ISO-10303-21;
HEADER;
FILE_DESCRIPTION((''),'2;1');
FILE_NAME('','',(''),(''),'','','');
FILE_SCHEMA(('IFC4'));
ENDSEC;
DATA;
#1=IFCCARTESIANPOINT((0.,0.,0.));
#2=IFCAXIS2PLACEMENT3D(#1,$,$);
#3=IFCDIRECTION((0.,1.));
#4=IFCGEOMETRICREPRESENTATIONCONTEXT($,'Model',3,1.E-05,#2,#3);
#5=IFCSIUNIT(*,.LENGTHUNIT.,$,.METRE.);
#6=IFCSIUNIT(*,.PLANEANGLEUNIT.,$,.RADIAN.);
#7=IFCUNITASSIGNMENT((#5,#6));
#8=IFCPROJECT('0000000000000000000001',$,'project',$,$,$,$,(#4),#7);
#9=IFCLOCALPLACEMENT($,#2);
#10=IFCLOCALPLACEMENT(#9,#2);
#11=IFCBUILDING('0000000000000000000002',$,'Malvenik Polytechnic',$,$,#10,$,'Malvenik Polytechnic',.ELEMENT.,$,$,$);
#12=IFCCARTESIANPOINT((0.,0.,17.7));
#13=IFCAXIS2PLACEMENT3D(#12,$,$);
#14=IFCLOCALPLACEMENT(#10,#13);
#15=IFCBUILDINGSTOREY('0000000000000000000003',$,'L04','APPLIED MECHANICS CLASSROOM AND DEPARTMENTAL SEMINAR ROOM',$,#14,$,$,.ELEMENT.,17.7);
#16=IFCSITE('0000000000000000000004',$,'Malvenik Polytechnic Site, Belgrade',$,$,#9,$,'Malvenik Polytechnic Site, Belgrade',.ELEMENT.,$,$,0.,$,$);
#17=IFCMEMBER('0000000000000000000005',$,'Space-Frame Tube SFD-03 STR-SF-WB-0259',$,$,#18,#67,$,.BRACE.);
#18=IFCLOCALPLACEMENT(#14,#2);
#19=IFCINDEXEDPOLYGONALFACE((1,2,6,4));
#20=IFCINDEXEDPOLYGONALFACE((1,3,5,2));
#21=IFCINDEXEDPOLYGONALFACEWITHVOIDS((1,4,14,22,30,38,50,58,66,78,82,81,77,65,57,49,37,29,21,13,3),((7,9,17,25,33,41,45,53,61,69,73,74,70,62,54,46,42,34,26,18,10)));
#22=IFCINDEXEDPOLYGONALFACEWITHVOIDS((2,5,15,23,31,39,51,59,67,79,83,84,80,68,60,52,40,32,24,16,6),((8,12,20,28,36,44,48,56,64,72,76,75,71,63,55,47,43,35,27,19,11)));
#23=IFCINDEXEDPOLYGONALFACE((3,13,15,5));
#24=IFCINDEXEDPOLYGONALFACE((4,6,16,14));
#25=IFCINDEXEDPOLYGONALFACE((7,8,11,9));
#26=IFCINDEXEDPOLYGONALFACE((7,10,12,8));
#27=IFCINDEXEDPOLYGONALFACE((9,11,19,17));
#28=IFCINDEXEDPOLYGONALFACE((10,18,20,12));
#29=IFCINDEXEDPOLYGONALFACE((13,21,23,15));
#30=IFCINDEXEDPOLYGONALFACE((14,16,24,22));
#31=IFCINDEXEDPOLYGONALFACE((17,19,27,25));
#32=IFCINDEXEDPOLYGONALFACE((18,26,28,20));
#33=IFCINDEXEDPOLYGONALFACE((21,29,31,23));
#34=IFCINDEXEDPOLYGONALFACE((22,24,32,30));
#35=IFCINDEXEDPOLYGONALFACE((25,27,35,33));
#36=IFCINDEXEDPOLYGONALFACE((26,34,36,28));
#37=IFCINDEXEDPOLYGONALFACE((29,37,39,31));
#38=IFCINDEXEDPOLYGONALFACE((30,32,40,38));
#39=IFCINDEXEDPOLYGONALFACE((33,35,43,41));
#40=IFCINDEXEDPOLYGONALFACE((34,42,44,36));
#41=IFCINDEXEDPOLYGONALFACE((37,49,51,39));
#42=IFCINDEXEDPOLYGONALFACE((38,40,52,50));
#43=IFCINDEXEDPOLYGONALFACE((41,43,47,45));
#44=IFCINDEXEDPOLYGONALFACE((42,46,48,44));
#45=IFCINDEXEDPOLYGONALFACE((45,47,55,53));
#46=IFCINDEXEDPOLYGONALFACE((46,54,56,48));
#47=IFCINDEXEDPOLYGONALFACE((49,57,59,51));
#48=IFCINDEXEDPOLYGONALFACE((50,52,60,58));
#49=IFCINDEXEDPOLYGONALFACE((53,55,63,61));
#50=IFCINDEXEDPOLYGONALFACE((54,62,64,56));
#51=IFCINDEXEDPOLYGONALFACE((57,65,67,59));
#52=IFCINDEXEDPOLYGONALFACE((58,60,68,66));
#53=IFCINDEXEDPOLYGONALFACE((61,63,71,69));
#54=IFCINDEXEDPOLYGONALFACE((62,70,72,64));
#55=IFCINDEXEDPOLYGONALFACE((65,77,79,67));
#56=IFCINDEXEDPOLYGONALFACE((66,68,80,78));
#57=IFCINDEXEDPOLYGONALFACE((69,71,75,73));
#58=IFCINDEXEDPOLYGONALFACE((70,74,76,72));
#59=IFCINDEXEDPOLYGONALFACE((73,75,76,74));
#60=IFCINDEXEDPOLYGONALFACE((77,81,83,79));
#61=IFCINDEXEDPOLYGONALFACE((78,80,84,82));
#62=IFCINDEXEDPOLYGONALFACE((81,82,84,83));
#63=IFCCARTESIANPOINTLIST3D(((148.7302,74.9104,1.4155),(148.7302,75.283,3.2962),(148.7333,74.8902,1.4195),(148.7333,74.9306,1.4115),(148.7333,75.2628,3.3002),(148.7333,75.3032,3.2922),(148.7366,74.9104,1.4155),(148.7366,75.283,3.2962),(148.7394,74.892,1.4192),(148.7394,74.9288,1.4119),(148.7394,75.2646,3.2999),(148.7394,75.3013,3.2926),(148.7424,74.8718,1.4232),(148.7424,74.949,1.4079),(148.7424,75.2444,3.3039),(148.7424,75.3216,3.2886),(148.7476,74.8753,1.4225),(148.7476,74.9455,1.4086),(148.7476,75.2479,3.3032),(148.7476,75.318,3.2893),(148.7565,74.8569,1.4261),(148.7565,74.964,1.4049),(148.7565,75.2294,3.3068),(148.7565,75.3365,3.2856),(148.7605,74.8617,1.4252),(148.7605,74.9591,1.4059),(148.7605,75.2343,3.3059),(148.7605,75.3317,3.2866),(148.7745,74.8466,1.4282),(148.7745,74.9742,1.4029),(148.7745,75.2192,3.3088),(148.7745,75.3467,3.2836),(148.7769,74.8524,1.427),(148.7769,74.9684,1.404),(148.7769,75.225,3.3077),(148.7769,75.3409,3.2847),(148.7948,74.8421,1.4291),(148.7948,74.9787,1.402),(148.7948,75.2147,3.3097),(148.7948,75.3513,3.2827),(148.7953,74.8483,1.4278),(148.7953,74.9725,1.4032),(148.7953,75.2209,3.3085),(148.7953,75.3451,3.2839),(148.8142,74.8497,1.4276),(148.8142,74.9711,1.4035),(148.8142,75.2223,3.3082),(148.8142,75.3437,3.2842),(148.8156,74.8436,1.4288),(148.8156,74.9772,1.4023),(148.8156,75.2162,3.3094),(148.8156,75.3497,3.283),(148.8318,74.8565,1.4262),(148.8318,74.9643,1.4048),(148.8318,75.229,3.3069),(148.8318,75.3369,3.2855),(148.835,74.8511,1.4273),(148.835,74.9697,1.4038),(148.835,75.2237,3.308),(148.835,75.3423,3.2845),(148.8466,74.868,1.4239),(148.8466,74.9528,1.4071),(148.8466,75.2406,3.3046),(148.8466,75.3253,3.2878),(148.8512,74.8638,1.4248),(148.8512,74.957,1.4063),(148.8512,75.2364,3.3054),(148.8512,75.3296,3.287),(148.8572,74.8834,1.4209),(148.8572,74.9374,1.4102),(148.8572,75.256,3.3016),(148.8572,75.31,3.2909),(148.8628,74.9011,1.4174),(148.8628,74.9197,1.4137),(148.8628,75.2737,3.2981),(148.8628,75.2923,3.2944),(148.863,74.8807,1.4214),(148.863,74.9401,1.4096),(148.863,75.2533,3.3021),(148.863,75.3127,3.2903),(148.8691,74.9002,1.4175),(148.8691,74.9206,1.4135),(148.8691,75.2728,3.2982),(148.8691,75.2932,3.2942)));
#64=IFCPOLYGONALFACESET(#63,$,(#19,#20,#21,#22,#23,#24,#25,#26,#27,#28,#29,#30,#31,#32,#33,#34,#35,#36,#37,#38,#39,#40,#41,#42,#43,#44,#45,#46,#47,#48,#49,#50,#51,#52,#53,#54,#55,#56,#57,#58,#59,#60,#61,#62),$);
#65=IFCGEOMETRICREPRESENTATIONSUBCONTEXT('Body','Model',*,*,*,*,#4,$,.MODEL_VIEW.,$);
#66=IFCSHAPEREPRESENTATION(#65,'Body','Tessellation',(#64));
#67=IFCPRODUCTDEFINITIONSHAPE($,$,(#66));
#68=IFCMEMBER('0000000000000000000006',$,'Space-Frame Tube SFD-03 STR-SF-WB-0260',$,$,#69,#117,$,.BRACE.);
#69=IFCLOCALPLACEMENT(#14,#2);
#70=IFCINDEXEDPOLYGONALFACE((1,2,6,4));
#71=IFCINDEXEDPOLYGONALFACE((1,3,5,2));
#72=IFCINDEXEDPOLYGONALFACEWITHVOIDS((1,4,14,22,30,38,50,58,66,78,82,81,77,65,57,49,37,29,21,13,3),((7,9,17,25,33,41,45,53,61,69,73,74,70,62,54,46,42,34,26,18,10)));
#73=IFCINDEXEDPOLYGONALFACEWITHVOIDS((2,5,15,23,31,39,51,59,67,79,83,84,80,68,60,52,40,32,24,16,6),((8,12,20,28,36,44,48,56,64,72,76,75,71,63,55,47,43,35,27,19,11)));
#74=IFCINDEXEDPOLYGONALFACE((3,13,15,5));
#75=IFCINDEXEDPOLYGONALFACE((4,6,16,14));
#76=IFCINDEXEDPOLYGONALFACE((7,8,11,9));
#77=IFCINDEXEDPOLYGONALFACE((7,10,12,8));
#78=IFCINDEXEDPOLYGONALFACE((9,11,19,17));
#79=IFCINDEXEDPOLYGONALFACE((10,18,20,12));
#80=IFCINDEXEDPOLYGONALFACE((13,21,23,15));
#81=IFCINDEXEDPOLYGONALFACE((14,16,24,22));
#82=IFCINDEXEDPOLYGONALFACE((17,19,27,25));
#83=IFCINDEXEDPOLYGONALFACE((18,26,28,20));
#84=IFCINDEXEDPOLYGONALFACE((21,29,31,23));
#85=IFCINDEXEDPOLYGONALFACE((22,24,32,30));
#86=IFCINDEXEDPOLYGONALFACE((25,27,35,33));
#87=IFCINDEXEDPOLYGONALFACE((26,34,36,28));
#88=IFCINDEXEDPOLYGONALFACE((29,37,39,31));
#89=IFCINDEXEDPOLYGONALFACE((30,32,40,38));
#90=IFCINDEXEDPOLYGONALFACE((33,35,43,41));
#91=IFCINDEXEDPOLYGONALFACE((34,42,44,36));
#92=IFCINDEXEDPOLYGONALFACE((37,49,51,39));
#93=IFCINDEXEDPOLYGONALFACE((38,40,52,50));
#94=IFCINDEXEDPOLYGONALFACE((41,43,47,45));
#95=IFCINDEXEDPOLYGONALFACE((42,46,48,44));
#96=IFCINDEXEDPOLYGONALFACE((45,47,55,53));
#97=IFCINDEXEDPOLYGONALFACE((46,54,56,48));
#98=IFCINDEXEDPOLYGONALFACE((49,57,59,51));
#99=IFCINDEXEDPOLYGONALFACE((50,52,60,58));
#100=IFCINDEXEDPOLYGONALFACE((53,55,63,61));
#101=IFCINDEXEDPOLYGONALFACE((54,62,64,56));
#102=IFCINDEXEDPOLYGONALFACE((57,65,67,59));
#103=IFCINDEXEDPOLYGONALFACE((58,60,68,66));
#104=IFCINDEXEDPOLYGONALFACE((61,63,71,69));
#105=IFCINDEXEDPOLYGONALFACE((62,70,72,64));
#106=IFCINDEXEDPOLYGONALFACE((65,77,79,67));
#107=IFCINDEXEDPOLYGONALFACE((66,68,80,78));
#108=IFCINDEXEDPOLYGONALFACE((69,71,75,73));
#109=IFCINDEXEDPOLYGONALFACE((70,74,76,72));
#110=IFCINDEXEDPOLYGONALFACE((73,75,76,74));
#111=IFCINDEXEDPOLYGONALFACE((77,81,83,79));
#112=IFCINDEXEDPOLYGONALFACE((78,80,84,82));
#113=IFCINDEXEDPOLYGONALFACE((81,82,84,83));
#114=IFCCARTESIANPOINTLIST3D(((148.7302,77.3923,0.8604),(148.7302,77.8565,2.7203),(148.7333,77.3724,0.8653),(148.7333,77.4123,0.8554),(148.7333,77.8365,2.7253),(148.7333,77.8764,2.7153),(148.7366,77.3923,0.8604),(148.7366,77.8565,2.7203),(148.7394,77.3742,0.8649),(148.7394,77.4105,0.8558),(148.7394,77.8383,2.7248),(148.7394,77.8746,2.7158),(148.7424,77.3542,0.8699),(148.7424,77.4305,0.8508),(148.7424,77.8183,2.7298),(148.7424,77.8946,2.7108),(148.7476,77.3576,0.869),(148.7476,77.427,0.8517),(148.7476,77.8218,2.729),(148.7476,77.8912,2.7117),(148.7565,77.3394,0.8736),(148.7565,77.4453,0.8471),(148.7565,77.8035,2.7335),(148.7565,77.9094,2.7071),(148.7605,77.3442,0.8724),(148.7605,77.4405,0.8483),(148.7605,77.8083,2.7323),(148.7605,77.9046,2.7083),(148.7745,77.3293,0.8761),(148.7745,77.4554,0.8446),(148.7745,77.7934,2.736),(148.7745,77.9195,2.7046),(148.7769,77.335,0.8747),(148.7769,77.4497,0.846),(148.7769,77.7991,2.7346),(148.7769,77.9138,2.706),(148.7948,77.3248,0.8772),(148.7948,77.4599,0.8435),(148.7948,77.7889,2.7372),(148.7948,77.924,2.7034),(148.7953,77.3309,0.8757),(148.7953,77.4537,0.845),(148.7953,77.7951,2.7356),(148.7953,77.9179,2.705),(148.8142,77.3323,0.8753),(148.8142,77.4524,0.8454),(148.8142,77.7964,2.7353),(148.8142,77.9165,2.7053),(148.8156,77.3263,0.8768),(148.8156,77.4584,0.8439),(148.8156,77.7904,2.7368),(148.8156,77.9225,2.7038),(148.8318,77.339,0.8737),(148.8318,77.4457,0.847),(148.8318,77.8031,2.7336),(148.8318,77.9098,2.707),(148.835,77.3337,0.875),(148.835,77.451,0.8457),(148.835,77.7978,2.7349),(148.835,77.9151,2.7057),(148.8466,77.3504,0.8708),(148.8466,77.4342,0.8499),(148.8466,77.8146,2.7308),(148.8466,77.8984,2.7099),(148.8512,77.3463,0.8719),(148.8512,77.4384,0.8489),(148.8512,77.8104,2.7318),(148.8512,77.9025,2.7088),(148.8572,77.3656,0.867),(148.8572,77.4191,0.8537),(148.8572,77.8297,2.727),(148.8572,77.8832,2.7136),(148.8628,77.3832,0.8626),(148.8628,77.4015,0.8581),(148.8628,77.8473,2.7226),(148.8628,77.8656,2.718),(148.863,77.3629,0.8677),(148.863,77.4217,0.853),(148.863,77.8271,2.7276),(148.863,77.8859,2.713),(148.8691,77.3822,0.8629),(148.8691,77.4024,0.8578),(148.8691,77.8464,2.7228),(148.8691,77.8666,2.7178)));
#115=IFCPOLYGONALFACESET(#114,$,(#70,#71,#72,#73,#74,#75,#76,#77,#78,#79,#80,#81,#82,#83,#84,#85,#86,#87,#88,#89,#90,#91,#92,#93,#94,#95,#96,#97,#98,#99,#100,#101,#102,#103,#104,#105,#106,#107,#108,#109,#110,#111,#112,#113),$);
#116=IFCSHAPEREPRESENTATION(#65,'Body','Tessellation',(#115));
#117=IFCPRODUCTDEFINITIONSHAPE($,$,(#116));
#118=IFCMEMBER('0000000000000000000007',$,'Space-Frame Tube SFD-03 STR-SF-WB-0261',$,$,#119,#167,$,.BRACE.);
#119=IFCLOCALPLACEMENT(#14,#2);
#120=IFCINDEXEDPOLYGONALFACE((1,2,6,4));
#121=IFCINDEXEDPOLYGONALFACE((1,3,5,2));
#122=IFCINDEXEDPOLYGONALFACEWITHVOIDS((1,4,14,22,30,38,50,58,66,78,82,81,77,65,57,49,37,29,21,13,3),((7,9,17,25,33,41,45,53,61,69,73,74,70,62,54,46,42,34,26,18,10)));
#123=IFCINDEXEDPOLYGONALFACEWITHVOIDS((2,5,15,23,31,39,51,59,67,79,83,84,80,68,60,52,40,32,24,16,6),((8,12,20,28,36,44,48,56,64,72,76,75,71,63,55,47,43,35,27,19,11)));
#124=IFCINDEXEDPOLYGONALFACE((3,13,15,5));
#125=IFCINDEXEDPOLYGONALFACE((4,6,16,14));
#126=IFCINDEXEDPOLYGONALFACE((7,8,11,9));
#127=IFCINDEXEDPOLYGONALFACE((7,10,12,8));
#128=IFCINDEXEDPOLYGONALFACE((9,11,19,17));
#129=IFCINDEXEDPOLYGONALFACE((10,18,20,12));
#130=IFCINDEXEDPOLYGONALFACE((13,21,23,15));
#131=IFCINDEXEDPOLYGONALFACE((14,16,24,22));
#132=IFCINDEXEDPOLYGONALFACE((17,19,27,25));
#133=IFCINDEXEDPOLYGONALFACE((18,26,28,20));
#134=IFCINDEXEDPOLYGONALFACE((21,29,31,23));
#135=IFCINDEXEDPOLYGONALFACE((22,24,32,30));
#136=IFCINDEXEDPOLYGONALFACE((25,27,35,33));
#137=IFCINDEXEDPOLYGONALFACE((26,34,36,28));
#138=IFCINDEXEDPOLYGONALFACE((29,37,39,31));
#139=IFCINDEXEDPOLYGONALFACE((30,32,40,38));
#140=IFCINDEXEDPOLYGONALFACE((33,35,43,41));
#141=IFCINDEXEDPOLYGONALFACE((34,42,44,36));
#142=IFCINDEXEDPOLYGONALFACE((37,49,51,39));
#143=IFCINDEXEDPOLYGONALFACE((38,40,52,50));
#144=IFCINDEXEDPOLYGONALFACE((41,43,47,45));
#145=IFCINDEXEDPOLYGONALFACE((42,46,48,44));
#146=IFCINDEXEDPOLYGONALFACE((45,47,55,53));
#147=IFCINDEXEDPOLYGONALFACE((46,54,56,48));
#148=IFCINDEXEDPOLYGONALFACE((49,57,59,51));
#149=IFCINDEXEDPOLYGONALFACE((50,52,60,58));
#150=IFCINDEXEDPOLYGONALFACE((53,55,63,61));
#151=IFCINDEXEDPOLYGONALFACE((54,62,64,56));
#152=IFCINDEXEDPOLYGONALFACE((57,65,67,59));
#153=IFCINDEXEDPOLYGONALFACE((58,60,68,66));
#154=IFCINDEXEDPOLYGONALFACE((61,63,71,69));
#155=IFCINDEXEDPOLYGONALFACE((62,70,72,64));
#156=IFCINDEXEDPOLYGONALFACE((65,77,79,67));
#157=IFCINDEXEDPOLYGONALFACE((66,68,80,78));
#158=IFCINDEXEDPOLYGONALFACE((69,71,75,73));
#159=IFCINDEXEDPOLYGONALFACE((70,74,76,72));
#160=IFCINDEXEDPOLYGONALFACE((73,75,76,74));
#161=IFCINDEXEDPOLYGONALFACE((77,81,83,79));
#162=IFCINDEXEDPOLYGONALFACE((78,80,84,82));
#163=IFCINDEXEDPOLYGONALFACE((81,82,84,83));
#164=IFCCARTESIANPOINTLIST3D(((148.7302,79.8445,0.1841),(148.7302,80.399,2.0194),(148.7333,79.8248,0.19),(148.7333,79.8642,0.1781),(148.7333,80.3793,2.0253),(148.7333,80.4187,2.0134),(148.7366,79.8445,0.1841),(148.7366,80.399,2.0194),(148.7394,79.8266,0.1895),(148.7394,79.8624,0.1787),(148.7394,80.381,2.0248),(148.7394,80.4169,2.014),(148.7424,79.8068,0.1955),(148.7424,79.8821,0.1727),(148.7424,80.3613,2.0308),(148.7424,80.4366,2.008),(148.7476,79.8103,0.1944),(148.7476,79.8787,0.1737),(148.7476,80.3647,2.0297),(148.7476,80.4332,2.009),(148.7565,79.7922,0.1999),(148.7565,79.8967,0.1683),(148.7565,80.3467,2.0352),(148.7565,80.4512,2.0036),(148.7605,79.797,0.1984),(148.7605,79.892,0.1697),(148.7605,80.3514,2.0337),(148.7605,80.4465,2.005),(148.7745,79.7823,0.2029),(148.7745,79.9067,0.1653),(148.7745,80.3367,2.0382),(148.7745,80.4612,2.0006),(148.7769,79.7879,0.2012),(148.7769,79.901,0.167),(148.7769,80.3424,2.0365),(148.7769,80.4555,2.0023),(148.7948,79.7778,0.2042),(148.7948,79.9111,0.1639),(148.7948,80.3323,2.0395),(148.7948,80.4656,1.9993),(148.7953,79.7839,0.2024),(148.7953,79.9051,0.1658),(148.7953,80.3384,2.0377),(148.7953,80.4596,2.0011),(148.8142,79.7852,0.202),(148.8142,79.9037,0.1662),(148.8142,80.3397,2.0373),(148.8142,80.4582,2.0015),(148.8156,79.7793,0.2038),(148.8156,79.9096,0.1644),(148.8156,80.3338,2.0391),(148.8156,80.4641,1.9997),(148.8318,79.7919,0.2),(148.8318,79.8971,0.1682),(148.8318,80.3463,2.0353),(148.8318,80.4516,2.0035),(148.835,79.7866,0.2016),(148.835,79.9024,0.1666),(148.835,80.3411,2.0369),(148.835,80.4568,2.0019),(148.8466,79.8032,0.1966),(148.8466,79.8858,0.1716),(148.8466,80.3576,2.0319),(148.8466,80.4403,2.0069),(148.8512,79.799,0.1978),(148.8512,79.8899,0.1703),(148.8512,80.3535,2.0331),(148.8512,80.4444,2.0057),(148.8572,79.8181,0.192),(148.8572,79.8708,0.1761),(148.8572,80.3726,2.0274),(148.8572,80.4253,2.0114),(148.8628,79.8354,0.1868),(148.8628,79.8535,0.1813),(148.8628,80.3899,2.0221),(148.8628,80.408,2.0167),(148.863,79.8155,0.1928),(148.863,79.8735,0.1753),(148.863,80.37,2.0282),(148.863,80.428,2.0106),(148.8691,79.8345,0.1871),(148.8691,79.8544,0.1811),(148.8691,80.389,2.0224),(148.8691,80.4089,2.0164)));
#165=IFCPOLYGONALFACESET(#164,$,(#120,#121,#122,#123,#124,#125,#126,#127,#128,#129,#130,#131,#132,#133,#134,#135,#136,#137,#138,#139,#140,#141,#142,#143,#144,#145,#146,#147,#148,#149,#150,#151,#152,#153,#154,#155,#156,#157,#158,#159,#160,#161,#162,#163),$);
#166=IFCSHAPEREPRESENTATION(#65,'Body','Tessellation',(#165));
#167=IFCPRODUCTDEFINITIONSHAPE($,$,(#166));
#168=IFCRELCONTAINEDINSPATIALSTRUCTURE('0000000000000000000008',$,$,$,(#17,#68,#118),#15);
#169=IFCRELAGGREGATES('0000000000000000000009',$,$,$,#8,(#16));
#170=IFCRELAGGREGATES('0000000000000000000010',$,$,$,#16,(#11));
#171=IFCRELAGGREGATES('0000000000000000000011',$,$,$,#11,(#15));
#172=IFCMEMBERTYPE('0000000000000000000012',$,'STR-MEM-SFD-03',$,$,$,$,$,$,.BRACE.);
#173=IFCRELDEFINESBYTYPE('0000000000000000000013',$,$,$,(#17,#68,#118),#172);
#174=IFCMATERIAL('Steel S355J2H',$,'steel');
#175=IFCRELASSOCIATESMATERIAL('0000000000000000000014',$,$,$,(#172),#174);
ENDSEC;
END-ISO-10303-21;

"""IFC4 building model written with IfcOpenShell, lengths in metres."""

from ifc_helpers import new_model, si_unit, direction, frame, origin, origin_2d, place, context, subcontext, project, spatial, hollow_circle, extrude, material, material_profile, profile_set, type_object, element, save


model = new_model("IFC4")

# Units and contexts
model_context = context("Model", 3, precision=1e-05, world=origin(), true_north=direction((0.0, 1.0)))
body_context = subcontext(model_context, "Body", "Model", "MODEL_VIEW")
ifc_project = project(units=[si_unit("LENGTHUNIT", "METRE"), si_unit("PLANEANGLEUNIT", "RADIAN")], contexts=[model_context])

# Site, building, storey
site_placement = place(None, origin())
site = spatial("IfcSite", under=ifc_project, at=site_placement, Name="Malvenik Polytechnic Site, Belgrade", LongName="Malvenik Polytechnic Site, Belgrade", CompositionType="ELEMENT", RefElevation=0.0)
building_placement = place(site_placement, origin())
building = spatial("IfcBuilding", under=site, at=building_placement, Name="Malvenik Polytechnic", LongName="Malvenik Polytechnic", CompositionType="ELEMENT")
storey_placement = place(building_placement, frame((0.0, 0.0, 17.7)))
storey = spatial("IfcBuildingStorey", under=building, at=storey_placement, Name="L04", Description="APPLIED MECHANICS CLASSROOM AND DEPARTMENTAL SEMINAR ROOM", CompositionType="ELEMENT", Elevation=17.7)

# Members
ifc_material = material(Name="Steel S355J2H", Category="steel")
ifc_material_profile_1 = material_profile(ifc_material, hollow_circle(Radius=0.0698, WallThickness=0.0063, at=origin_2d()), Name="CHS 139.7x6.3")
ifc_profile_set_1 = profile_set([ifc_material_profile_1], Name="Steel S355J2H")
member_type_1 = type_object("IfcMemberType", Name="STR-MEM-SFD-03", PredefinedType="BRACE", material=ifc_profile_set_1)
member_1_placement = place(storey_placement, frame((148.8, 74.9104, 1.4155), z_axis=(0.0, 0.194328, 0.980937), x_axis=(-1.0, 0.0, 0.0)))
element("IfcMember", 1, at=member_1_placement, inside=storey, type_object=member_type_1, Name="Space-Frame Tube SFD-03 STR-SF-WB-0259", PredefinedType="BRACE", context=body_context, shape_type="SweptSolid", body=[
    extrude(hollow_circle(Radius=0.0698, WallThickness=0.0063, at=origin_2d()), origin(), (0.0, 0.0, 1.0), 1.9172),
])
member_2_placement = place(storey_placement, frame((148.8, 77.3923, 0.8604), z_axis=(0.0, 0.242116, 0.970247), x_axis=(-1.0, 0.0, 0.0)))
element("IfcMember", 2, at=member_2_placement, inside=storey, type_object=member_type_1, Name="Space-Frame Tube SFD-03 STR-SF-WB-0260", PredefinedType="BRACE", context=body_context, shape_type="SweptSolid", body=[
    extrude(hollow_circle(Radius=0.0698, WallThickness=0.0063, at=origin_2d()), origin(), (0.0, 0.0, 1.0), 1.917),
])
member_3_placement = place(storey_placement, frame((148.8, 79.8445, 0.1841), z_axis=(0.0, 0.289205, 0.957267), x_axis=(-1.0, 0.0, 0.0)))
element("IfcMember", 3, at=member_3_placement, inside=storey, type_object=member_type_1, Name="Space-Frame Tube SFD-03 STR-SF-WB-0261", PredefinedType="BRACE", context=body_context, shape_type="SweptSolid", body=[
    extrude(hollow_circle(Radius=0.0698, WallThickness=0.0063, at=origin_2d()), origin(), (0.0, 0.0, 1.0), 1.9172),
])

save(model, "model.ifc")
